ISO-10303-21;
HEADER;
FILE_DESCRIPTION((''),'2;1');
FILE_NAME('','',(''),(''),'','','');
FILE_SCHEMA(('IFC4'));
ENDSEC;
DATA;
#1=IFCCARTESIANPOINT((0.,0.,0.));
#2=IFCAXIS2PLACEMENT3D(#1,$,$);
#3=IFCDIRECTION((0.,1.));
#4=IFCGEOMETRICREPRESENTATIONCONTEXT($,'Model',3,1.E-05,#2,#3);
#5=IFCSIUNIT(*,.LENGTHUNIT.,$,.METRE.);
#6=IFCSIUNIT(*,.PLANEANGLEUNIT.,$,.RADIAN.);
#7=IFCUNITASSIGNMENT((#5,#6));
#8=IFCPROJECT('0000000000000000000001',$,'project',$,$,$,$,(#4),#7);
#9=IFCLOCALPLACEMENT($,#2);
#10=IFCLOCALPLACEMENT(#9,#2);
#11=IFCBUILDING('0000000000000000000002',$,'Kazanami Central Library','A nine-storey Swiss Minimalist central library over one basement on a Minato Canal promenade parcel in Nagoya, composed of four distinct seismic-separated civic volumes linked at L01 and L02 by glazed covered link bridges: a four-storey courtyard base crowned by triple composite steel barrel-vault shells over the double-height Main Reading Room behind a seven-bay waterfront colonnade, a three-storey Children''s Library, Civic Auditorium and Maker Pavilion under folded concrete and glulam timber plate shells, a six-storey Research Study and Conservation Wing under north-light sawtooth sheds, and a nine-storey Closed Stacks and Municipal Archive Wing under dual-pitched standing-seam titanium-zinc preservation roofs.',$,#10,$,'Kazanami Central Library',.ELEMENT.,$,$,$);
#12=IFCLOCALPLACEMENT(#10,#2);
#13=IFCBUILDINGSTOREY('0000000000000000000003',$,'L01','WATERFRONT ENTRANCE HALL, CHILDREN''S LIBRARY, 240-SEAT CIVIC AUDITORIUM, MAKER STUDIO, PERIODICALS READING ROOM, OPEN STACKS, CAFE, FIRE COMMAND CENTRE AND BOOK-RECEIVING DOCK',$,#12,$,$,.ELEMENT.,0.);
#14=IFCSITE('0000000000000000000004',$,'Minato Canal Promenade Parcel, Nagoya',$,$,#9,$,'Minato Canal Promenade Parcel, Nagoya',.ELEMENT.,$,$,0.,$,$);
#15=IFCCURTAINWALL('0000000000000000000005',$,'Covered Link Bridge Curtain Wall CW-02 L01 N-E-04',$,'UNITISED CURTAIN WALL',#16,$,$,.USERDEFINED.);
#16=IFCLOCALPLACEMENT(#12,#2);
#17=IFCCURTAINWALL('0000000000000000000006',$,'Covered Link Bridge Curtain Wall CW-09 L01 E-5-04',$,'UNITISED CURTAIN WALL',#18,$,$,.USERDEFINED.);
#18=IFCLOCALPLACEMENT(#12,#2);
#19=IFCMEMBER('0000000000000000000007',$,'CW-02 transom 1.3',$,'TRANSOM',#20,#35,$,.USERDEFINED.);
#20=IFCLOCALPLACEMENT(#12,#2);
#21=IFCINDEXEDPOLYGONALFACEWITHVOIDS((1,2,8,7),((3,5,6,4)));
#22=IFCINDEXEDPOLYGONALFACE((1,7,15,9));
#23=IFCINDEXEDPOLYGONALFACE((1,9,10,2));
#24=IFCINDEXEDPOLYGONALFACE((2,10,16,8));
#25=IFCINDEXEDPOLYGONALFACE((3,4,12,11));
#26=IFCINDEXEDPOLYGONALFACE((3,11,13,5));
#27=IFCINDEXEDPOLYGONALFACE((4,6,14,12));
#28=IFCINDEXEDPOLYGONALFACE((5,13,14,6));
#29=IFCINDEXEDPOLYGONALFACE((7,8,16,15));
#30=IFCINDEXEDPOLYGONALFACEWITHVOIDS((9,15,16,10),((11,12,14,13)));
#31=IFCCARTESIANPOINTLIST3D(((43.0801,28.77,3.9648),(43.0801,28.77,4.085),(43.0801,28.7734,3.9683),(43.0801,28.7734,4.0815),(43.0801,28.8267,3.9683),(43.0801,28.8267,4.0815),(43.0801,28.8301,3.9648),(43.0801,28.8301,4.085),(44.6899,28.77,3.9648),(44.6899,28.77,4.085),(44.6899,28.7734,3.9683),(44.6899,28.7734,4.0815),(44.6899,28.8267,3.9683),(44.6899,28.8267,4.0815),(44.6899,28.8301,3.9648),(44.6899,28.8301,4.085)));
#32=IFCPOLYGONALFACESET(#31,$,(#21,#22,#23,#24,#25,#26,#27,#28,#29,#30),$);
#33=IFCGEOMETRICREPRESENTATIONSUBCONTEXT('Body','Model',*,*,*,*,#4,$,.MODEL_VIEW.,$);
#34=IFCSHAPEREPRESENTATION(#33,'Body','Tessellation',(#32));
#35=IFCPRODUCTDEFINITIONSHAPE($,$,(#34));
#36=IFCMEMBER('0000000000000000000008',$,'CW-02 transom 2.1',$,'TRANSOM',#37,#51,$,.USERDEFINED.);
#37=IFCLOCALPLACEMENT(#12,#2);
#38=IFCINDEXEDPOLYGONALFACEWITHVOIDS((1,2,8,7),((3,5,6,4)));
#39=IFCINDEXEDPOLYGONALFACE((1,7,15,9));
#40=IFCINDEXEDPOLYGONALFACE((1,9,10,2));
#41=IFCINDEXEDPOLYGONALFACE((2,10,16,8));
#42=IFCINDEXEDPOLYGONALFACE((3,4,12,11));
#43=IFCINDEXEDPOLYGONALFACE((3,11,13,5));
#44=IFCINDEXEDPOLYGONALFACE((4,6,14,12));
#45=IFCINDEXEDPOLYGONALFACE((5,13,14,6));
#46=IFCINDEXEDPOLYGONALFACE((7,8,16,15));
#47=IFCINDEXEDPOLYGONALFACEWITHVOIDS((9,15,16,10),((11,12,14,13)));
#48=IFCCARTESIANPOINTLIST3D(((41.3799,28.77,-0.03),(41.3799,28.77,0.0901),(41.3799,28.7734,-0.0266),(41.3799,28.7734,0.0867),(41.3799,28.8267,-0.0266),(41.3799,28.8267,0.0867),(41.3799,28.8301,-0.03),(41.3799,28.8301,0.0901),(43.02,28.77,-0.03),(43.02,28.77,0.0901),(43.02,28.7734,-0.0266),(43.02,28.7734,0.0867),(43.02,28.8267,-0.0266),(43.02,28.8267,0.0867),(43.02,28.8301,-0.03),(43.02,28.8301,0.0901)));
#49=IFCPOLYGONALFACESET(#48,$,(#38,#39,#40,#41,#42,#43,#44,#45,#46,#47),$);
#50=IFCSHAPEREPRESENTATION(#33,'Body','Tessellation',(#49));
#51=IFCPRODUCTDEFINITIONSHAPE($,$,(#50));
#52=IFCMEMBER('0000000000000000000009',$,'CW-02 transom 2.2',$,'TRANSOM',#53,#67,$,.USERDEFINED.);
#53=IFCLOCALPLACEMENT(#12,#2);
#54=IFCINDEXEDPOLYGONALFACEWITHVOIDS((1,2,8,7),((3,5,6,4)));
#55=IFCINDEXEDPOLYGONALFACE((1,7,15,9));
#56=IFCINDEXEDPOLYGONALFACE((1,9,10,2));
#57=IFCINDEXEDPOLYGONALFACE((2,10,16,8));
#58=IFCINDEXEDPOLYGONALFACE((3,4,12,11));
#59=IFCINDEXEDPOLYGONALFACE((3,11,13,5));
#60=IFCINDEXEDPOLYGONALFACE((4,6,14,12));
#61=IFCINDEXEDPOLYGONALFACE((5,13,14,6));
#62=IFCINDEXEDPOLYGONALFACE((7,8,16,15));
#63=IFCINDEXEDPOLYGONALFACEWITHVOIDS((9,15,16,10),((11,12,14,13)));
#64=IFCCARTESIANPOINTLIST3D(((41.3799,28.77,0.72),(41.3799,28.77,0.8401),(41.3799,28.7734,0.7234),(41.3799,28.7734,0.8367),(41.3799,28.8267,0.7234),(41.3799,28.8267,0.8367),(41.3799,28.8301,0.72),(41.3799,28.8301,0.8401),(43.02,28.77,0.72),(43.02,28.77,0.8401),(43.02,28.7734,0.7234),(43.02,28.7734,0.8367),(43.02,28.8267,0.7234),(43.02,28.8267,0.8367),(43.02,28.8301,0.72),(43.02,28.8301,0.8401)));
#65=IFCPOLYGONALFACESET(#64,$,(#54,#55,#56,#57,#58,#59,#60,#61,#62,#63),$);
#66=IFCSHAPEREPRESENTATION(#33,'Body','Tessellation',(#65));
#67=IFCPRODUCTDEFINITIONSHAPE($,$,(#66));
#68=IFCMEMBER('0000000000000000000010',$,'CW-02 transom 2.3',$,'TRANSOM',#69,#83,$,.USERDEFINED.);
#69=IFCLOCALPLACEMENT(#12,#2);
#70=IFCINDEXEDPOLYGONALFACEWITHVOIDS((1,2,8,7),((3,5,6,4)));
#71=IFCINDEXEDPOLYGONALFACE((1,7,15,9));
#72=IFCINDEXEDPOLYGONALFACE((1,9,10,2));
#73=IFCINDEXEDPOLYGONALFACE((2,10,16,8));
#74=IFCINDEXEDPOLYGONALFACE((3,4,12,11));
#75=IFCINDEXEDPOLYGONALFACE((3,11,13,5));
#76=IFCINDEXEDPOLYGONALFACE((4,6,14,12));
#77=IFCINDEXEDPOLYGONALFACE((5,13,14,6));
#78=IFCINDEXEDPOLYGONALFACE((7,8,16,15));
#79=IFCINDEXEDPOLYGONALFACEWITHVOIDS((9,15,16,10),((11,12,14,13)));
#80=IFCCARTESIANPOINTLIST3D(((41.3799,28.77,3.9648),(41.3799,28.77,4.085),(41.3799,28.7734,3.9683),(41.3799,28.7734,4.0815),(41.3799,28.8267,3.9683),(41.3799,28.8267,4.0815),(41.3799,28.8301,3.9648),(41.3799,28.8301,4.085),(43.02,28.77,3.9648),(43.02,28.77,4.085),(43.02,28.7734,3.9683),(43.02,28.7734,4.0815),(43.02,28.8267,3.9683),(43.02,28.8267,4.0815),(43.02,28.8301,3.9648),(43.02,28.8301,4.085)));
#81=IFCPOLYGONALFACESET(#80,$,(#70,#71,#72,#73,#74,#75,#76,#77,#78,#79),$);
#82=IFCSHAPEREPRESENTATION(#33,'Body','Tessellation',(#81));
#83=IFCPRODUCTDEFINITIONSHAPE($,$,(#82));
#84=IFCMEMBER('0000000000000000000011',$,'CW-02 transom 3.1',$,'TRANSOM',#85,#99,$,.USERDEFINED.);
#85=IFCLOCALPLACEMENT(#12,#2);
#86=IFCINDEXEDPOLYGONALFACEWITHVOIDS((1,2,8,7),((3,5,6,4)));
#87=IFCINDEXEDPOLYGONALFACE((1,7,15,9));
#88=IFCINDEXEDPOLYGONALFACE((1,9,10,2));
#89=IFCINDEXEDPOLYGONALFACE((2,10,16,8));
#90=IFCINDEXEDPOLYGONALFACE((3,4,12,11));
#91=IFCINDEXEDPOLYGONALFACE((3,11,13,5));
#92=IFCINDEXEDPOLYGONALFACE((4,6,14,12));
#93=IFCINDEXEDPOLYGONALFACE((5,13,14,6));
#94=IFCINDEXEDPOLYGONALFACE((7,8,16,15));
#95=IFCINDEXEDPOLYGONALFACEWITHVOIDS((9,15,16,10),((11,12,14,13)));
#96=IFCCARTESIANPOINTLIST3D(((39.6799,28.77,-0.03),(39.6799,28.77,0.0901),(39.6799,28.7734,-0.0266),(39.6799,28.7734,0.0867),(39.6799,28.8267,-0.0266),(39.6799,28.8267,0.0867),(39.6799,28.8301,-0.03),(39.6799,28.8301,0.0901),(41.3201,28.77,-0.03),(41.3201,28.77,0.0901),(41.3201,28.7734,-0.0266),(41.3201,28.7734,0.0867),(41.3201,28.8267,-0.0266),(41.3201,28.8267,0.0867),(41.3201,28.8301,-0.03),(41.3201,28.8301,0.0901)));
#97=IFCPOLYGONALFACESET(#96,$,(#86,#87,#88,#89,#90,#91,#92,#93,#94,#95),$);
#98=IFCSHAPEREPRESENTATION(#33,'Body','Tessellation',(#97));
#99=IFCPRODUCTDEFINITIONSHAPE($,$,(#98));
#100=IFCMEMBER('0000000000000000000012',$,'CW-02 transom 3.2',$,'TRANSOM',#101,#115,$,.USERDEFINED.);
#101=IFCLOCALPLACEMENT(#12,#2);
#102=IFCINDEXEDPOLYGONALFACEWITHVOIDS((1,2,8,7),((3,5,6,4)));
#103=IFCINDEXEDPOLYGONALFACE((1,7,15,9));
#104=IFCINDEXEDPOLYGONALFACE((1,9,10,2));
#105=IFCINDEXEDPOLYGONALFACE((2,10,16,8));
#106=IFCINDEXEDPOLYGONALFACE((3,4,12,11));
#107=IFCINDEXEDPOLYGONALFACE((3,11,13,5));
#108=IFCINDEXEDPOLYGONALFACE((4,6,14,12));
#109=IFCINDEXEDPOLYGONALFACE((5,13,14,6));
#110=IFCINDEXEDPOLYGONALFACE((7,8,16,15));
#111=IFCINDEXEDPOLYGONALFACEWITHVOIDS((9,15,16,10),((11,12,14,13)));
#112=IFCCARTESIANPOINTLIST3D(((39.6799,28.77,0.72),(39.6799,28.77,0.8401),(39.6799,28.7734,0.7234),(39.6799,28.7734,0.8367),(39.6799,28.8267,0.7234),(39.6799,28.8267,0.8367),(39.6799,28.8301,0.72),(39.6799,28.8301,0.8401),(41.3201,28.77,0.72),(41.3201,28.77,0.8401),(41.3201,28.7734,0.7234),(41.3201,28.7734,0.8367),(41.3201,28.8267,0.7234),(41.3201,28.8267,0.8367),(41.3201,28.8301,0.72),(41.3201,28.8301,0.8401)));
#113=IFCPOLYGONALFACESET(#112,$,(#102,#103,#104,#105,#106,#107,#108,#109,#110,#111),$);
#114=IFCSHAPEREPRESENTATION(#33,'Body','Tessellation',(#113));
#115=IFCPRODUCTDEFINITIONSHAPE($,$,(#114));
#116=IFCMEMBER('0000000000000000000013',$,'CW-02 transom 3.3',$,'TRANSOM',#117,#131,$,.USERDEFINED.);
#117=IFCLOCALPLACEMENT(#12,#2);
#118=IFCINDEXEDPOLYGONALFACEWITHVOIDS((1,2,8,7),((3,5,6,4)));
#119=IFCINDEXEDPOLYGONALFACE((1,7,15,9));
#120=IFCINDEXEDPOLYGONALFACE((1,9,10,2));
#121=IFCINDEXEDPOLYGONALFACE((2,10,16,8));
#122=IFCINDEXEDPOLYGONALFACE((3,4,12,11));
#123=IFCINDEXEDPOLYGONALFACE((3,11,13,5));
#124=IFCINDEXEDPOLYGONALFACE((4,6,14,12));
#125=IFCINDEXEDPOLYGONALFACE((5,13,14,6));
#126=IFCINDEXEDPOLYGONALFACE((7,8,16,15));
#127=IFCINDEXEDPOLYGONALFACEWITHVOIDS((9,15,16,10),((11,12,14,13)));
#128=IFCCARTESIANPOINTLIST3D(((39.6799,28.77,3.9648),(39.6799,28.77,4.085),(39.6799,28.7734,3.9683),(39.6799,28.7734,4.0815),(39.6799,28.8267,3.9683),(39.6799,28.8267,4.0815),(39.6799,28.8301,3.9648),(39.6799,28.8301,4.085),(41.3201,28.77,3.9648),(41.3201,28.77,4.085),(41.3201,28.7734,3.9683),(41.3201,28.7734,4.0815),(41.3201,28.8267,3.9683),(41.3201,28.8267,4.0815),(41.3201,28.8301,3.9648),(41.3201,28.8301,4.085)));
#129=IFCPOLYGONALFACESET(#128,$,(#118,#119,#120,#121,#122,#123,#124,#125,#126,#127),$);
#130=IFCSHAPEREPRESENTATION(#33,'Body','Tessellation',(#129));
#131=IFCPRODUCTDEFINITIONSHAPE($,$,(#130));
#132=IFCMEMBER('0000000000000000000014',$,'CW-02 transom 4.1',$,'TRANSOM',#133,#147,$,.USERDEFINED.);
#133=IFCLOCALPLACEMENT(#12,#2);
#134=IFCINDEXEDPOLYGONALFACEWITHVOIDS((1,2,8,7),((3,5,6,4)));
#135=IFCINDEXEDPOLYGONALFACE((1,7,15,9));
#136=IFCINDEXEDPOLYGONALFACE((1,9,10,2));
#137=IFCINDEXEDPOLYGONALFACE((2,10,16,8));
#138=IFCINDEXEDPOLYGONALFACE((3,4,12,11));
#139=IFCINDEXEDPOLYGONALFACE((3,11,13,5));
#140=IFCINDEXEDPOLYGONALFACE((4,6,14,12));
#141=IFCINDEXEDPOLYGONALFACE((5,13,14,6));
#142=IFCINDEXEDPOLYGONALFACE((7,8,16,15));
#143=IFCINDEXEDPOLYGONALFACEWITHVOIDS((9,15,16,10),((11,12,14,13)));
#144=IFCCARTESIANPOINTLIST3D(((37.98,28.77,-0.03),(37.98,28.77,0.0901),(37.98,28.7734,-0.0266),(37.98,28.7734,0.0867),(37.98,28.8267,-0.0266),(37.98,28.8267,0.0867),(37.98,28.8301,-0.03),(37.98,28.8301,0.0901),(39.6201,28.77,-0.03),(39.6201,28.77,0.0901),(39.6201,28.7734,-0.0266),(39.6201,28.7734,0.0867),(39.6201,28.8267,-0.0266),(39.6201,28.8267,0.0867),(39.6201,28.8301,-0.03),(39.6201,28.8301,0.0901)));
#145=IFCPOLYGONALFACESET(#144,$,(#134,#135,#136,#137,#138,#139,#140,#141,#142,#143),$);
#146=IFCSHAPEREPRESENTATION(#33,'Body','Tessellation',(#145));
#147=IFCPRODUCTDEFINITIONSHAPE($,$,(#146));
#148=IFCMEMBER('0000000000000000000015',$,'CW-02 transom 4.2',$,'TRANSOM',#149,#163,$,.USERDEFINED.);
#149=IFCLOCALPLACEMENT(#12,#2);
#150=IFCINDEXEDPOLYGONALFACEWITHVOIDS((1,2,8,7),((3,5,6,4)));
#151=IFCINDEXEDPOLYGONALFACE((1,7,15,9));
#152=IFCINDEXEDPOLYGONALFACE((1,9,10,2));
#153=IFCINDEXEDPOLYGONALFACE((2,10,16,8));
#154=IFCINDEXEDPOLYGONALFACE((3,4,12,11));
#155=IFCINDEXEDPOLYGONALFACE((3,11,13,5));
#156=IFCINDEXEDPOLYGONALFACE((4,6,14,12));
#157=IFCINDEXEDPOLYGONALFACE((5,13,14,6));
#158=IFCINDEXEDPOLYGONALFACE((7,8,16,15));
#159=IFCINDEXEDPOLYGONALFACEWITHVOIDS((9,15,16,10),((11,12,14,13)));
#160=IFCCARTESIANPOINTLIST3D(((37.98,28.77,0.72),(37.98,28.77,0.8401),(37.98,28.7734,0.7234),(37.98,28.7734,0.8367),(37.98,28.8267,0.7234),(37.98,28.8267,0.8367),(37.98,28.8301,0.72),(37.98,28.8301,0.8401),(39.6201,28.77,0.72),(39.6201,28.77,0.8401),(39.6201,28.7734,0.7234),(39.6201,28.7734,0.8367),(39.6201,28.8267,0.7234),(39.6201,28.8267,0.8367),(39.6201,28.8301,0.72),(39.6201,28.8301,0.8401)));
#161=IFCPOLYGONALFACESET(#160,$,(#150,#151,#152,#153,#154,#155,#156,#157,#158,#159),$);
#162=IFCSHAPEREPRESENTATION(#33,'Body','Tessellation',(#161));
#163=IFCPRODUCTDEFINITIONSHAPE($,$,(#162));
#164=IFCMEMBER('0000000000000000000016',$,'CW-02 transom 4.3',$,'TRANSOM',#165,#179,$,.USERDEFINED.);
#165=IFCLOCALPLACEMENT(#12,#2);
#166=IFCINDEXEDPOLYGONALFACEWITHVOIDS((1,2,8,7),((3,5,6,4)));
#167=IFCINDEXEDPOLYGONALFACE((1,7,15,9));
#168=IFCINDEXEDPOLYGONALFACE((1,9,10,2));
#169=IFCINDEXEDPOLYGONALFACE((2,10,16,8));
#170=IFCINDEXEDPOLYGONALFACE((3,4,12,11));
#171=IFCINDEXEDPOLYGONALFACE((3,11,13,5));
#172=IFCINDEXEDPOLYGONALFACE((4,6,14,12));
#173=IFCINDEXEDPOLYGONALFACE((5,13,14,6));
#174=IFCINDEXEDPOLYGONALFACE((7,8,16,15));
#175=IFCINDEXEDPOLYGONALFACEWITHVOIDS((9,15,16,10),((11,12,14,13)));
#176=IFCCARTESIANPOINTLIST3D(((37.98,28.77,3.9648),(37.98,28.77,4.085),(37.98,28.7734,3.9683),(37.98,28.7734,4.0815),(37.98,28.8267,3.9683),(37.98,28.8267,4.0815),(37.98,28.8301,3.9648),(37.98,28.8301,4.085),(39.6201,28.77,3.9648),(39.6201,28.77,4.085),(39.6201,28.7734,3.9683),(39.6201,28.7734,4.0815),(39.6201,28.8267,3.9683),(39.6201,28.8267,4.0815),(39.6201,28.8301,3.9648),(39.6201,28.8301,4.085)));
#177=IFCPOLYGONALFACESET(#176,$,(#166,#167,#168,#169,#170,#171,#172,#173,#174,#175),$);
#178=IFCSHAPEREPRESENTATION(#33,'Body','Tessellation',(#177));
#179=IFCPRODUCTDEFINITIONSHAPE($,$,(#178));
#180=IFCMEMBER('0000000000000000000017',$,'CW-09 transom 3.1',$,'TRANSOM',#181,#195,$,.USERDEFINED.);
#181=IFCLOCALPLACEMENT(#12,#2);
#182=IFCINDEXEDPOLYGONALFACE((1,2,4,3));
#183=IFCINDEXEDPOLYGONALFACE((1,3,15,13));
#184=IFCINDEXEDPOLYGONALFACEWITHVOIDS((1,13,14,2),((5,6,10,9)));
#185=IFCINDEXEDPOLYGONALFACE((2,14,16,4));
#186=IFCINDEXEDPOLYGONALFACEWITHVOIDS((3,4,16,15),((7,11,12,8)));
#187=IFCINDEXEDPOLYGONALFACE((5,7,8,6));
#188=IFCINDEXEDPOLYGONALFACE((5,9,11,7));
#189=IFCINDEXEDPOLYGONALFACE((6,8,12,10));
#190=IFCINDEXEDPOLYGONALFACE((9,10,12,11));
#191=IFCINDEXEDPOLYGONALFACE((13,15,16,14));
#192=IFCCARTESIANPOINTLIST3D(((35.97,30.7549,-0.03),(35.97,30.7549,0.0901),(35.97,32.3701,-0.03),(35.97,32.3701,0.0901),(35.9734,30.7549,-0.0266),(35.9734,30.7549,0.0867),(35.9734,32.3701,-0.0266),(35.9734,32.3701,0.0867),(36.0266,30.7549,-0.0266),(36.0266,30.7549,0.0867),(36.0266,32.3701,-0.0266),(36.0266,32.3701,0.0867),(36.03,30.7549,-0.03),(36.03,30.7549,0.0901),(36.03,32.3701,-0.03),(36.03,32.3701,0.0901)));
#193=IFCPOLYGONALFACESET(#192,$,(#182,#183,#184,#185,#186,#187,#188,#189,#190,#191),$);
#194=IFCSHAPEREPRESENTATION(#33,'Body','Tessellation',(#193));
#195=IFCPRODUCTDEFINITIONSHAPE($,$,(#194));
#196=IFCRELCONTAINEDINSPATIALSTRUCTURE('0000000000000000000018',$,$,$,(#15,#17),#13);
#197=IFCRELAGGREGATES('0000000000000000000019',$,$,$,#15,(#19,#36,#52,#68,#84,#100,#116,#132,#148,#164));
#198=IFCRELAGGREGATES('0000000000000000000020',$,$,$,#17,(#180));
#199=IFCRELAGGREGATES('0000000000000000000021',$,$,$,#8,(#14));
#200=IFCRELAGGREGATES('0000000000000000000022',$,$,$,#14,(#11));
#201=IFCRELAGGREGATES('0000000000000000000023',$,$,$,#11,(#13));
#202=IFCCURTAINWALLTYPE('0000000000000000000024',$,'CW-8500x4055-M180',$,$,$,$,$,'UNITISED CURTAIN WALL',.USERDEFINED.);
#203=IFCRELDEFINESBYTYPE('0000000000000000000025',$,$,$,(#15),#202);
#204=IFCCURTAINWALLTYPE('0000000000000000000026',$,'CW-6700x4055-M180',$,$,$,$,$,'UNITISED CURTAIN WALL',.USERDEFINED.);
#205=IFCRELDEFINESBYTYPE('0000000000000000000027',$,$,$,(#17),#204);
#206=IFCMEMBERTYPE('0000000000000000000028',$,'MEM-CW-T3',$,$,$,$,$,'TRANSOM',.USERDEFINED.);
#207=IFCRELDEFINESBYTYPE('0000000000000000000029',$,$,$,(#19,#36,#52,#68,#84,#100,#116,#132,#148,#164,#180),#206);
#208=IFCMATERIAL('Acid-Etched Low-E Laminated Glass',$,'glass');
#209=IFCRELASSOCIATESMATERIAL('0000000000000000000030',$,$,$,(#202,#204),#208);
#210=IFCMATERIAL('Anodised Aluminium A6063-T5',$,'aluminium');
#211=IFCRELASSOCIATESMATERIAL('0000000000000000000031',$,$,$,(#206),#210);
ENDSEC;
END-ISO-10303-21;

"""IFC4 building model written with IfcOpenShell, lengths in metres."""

from ifc_helpers import new_model, si_unit, direction, frame, origin, origin_2d, place, context, subcontext, project, spatial, hollow_rectangle, extrude, material, material_profile, profile_set, type_object, element, aggregate, save


model = new_model("IFC4")

# Units and contexts
model_context = context("Model", 3, precision=1e-05, world=origin(), true_north=direction((0.0, 1.0)))
body_context = subcontext(model_context, "Body", "Model", "MODEL_VIEW")
ifc_project = project(units=[si_unit("LENGTHUNIT", "METRE"), si_unit("PLANEANGLEUNIT", "RADIAN")], contexts=[model_context])

# Site, building, storey
site_placement = place(None, origin())
site = spatial("IfcSite", under=ifc_project, at=site_placement, Name="Minato Canal Promenade Parcel, Nagoya", LongName="Minato Canal Promenade Parcel, Nagoya", CompositionType="ELEMENT", RefElevation=0.0)
building_placement = place(site_placement, origin())
building = spatial("IfcBuilding", under=site, at=building_placement, Name="Kazanami Central Library", Description="A nine-storey Swiss Minimalist central library over one basement on a Minato Canal promenade parcel in Nagoya, composed of four distinct seismic-separated civic volumes linked at L01 and L02 by glazed covered link bridges: a four-storey courtyard base crowned by triple composite steel barrel-vault shells over the double-height Main Reading Room behind a seven-bay waterfront colonnade, a three-storey Children's Library, Civic Auditorium and Maker Pavilion under folded concrete and glulam timber plate shells, a six-storey Research Study and Conservation Wing under north-light sawtooth sheds, and a nine-storey Closed Stacks and Municipal Archive Wing under dual-pitched standing-seam titanium-zinc preservation roofs.", LongName="Kazanami Central Library", CompositionType="ELEMENT")
storey_placement = place(building_placement, origin())
storey = spatial("IfcBuildingStorey", under=building, at=storey_placement, Name="L01", Description="WATERFRONT ENTRANCE HALL, CHILDREN'S LIBRARY, 240-SEAT CIVIC AUDITORIUM, MAKER STUDIO, PERIODICALS READING ROOM, OPEN STACKS, CAFE, FIRE COMMAND CENTRE AND BOOK-RECEIVING DOCK", CompositionType="ELEMENT", Elevation=0.0)

# Curtain walls
ifc_material_1 = material(Name="Acid-Etched Low-E Laminated Glass", Category="glass")
curtain_wall_type_1 = type_object("IfcCurtainWallType", Name="CW-8500x4055-M180", ElementType="UNITISED CURTAIN WALL", PredefinedType="USERDEFINED", material=ifc_material_1)
curtain_wall_1_placement = place(storey_placement, origin())
curtain_wall_1 = element("IfcCurtainWall", 1, at=curtain_wall_1_placement, inside=storey, type_object=curtain_wall_type_1, Name="Covered Link Bridge Curtain Wall CW-02 L01 N-E-04", ObjectType="UNITISED CURTAIN WALL", PredefinedType="USERDEFINED")
ifc_material_2 = material(Name="Anodised Aluminium A6063-T5", Category="aluminium")
curtain_wall_type_2 = type_object("IfcCurtainWallType", Name="CW-6700x4055-M180", ElementType="UNITISED CURTAIN WALL", PredefinedType="USERDEFINED", material=ifc_material_1)
curtain_wall_2_placement = place(storey_placement, origin())
curtain_wall_2 = element("IfcCurtainWall", 2, at=curtain_wall_2_placement, inside=storey, type_object=curtain_wall_type_2, Name="Covered Link Bridge Curtain Wall CW-09 L01 E-5-04", ObjectType="UNITISED CURTAIN WALL", PredefinedType="USERDEFINED")

# Members
ifc_material_profile_1 = material_profile(ifc_material_2, hollow_rectangle(XDim=0.0601, YDim=0.1201, WallThickness=0.0034, at=origin_2d()), Name="ALU-TRAN-60x120x3.5")
ifc_profile_set_1 = profile_set([ifc_material_profile_1], Name="Anodised Aluminium A6063-T5")
member_type_1 = type_object("IfcMemberType", Name="MEM-CW-T3", ElementType="TRANSOM", PredefinedType="USERDEFINED", material=ifc_profile_set_1)
member_1_placement = place(storey_placement, frame((44.6899, 28.8, 4.0249), z_axis=(-1.0, 0.0, 0.0), x_axis=(0.0, -1.0, 0.0)))
member_1 = element("IfcMember", 3, at=member_1_placement, type_object=member_type_1, Name="CW-02 transom 1.3", ObjectType="TRANSOM", PredefinedType="USERDEFINED", context=body_context, shape_type="SweptSolid", body=[
    extrude(hollow_rectangle(XDim=0.0601, YDim=0.1201, WallThickness=0.0034, at=origin_2d()), origin(), (0.0, 0.0, 1.0), 1.6099),
])
member_2_placement = place(storey_placement, frame((43.02, 28.8, 0.03), z_axis=(-1.0, 0.0, 0.0), x_axis=(0.0, -1.0, 0.0)))
member_2 = element("IfcMember", 4, at=member_2_placement, type_object=member_type_1, Name="CW-02 transom 2.1", ObjectType="TRANSOM", PredefinedType="USERDEFINED", context=body_context, shape_type="SweptSolid", body=[
    extrude(hollow_rectangle(XDim=0.0601, YDim=0.1201, WallThickness=0.0034, at=origin_2d()), origin(), (0.0, 0.0, 1.0), 1.6401),
])
member_3_placement = place(storey_placement, frame((43.02, 28.8, 0.78), z_axis=(-1.0, 0.0, 0.0), x_axis=(0.0, -1.0, 0.0)))
member_3 = element("IfcMember", 5, at=member_3_placement, type_object=member_type_1, Name="CW-02 transom 2.2", ObjectType="TRANSOM", PredefinedType="USERDEFINED", context=body_context, shape_type="SweptSolid", body=[
    extrude(hollow_rectangle(XDim=0.0601, YDim=0.1201, WallThickness=0.0034, at=origin_2d()), origin(), (0.0, 0.0, 1.0), 1.6401),
])
member_4_placement = place(storey_placement, frame((43.02, 28.8, 4.0249), z_axis=(-1.0, 0.0, 0.0), x_axis=(0.0, -1.0, 0.0)))
member_4 = element("IfcMember", 6, at=member_4_placement, type_object=member_type_1, Name="CW-02 transom 2.3", ObjectType="TRANSOM", PredefinedType="USERDEFINED", context=body_context, shape_type="SweptSolid", body=[
    extrude(hollow_rectangle(XDim=0.0601, YDim=0.1201, WallThickness=0.0034, at=origin_2d()), origin(), (0.0, 0.0, 1.0), 1.6401),
])
member_5_placement = place(storey_placement, frame((41.3201, 28.8, 0.03), z_axis=(-1.0, 0.0, 0.0), x_axis=(0.0, -1.0, 0.0)))
member_5 = element("IfcMember", 7, at=member_5_placement, type_object=member_type_1, Name="CW-02 transom 3.1", ObjectType="TRANSOM", PredefinedType="USERDEFINED", context=body_context, shape_type="SweptSolid", body=[
    extrude(hollow_rectangle(XDim=0.0601, YDim=0.1201, WallThickness=0.0034, at=origin_2d()), origin(), (0.0, 0.0, 1.0), 1.6401),
])
member_6_placement = place(storey_placement, frame((41.3201, 28.8, 0.78), z_axis=(-1.0, 0.0, 0.0), x_axis=(0.0, -1.0, 0.0)))
member_6 = element("IfcMember", 8, at=member_6_placement, type_object=member_type_1, Name="CW-02 transom 3.2", ObjectType="TRANSOM", PredefinedType="USERDEFINED", context=body_context, shape_type="SweptSolid", body=[
    extrude(hollow_rectangle(XDim=0.0601, YDim=0.1201, WallThickness=0.0034, at=origin_2d()), origin(), (0.0, 0.0, 1.0), 1.6401),
])
member_7_placement = place(storey_placement, frame((41.3201, 28.8, 4.0249), z_axis=(-1.0, 0.0, 0.0), x_axis=(0.0, -1.0, 0.0)))
member_7 = element("IfcMember", 9, at=member_7_placement, type_object=member_type_1, Name="CW-02 transom 3.3", ObjectType="TRANSOM", PredefinedType="USERDEFINED", context=body_context, shape_type="SweptSolid", body=[
    extrude(hollow_rectangle(XDim=0.0601, YDim=0.1201, WallThickness=0.0034, at=origin_2d()), origin(), (0.0, 0.0, 1.0), 1.6401),
])
member_8_placement = place(storey_placement, frame((39.6201, 28.8, 0.03), z_axis=(-1.0, 0.0, 0.0), x_axis=(0.0, -1.0, 0.0)))
member_8 = element("IfcMember", 10, at=member_8_placement, type_object=member_type_1, Name="CW-02 transom 4.1", ObjectType="TRANSOM", PredefinedType="USERDEFINED", context=body_context, shape_type="SweptSolid", body=[
    extrude(hollow_rectangle(XDim=0.0601, YDim=0.1201, WallThickness=0.0034, at=origin_2d()), origin(), (0.0, 0.0, 1.0), 1.6401),
])
member_9_placement = place(storey_placement, frame((39.6201, 28.8, 0.78), z_axis=(-1.0, 0.0, 0.0), x_axis=(0.0, -1.0, 0.0)))
member_9 = element("IfcMember", 11, at=member_9_placement, type_object=member_type_1, Name="CW-02 transom 4.2", ObjectType="TRANSOM", PredefinedType="USERDEFINED", context=body_context, shape_type="SweptSolid", body=[
    extrude(hollow_rectangle(XDim=0.0601, YDim=0.1201, WallThickness=0.0034, at=origin_2d()), origin(), (0.0, 0.0, 1.0), 1.6401),
])
member_10_placement = place(storey_placement, frame((39.6201, 28.8, 4.0249), z_axis=(-1.0, 0.0, 0.0), x_axis=(0.0, -1.0, 0.0)))
member_10 = element("IfcMember", 12, at=member_10_placement, type_object=member_type_1, Name="CW-02 transom 4.3", ObjectType="TRANSOM", PredefinedType="USERDEFINED", context=body_context, shape_type="SweptSolid", body=[
    extrude(hollow_rectangle(XDim=0.0601, YDim=0.1201, WallThickness=0.0034, at=origin_2d()), origin(), (0.0, 0.0, 1.0), 1.6401),
])
member_11_placement = place(storey_placement, frame((36.0, 32.3701, 0.03), z_axis=(0.0, -1.0, 0.0), x_axis=(1.0, 0.0, 0.0)))
member_11 = element("IfcMember", 13, at=member_11_placement, type_object=member_type_1, Name="CW-09 transom 3.1", ObjectType="TRANSOM", PredefinedType="USERDEFINED", context=body_context, shape_type="SweptSolid", body=[
    extrude(hollow_rectangle(XDim=0.0601, YDim=0.1201, WallThickness=0.0034, at=origin_2d()), origin(), (0.0, 0.0, 1.0), 1.6152),
])

aggregate(curtain_wall_1, [member_1, member_2, member_3, member_4, member_5, member_6, member_7, member_8, member_9, member_10])
aggregate(curtain_wall_2, [member_11])

save(model, "model.ifc")
